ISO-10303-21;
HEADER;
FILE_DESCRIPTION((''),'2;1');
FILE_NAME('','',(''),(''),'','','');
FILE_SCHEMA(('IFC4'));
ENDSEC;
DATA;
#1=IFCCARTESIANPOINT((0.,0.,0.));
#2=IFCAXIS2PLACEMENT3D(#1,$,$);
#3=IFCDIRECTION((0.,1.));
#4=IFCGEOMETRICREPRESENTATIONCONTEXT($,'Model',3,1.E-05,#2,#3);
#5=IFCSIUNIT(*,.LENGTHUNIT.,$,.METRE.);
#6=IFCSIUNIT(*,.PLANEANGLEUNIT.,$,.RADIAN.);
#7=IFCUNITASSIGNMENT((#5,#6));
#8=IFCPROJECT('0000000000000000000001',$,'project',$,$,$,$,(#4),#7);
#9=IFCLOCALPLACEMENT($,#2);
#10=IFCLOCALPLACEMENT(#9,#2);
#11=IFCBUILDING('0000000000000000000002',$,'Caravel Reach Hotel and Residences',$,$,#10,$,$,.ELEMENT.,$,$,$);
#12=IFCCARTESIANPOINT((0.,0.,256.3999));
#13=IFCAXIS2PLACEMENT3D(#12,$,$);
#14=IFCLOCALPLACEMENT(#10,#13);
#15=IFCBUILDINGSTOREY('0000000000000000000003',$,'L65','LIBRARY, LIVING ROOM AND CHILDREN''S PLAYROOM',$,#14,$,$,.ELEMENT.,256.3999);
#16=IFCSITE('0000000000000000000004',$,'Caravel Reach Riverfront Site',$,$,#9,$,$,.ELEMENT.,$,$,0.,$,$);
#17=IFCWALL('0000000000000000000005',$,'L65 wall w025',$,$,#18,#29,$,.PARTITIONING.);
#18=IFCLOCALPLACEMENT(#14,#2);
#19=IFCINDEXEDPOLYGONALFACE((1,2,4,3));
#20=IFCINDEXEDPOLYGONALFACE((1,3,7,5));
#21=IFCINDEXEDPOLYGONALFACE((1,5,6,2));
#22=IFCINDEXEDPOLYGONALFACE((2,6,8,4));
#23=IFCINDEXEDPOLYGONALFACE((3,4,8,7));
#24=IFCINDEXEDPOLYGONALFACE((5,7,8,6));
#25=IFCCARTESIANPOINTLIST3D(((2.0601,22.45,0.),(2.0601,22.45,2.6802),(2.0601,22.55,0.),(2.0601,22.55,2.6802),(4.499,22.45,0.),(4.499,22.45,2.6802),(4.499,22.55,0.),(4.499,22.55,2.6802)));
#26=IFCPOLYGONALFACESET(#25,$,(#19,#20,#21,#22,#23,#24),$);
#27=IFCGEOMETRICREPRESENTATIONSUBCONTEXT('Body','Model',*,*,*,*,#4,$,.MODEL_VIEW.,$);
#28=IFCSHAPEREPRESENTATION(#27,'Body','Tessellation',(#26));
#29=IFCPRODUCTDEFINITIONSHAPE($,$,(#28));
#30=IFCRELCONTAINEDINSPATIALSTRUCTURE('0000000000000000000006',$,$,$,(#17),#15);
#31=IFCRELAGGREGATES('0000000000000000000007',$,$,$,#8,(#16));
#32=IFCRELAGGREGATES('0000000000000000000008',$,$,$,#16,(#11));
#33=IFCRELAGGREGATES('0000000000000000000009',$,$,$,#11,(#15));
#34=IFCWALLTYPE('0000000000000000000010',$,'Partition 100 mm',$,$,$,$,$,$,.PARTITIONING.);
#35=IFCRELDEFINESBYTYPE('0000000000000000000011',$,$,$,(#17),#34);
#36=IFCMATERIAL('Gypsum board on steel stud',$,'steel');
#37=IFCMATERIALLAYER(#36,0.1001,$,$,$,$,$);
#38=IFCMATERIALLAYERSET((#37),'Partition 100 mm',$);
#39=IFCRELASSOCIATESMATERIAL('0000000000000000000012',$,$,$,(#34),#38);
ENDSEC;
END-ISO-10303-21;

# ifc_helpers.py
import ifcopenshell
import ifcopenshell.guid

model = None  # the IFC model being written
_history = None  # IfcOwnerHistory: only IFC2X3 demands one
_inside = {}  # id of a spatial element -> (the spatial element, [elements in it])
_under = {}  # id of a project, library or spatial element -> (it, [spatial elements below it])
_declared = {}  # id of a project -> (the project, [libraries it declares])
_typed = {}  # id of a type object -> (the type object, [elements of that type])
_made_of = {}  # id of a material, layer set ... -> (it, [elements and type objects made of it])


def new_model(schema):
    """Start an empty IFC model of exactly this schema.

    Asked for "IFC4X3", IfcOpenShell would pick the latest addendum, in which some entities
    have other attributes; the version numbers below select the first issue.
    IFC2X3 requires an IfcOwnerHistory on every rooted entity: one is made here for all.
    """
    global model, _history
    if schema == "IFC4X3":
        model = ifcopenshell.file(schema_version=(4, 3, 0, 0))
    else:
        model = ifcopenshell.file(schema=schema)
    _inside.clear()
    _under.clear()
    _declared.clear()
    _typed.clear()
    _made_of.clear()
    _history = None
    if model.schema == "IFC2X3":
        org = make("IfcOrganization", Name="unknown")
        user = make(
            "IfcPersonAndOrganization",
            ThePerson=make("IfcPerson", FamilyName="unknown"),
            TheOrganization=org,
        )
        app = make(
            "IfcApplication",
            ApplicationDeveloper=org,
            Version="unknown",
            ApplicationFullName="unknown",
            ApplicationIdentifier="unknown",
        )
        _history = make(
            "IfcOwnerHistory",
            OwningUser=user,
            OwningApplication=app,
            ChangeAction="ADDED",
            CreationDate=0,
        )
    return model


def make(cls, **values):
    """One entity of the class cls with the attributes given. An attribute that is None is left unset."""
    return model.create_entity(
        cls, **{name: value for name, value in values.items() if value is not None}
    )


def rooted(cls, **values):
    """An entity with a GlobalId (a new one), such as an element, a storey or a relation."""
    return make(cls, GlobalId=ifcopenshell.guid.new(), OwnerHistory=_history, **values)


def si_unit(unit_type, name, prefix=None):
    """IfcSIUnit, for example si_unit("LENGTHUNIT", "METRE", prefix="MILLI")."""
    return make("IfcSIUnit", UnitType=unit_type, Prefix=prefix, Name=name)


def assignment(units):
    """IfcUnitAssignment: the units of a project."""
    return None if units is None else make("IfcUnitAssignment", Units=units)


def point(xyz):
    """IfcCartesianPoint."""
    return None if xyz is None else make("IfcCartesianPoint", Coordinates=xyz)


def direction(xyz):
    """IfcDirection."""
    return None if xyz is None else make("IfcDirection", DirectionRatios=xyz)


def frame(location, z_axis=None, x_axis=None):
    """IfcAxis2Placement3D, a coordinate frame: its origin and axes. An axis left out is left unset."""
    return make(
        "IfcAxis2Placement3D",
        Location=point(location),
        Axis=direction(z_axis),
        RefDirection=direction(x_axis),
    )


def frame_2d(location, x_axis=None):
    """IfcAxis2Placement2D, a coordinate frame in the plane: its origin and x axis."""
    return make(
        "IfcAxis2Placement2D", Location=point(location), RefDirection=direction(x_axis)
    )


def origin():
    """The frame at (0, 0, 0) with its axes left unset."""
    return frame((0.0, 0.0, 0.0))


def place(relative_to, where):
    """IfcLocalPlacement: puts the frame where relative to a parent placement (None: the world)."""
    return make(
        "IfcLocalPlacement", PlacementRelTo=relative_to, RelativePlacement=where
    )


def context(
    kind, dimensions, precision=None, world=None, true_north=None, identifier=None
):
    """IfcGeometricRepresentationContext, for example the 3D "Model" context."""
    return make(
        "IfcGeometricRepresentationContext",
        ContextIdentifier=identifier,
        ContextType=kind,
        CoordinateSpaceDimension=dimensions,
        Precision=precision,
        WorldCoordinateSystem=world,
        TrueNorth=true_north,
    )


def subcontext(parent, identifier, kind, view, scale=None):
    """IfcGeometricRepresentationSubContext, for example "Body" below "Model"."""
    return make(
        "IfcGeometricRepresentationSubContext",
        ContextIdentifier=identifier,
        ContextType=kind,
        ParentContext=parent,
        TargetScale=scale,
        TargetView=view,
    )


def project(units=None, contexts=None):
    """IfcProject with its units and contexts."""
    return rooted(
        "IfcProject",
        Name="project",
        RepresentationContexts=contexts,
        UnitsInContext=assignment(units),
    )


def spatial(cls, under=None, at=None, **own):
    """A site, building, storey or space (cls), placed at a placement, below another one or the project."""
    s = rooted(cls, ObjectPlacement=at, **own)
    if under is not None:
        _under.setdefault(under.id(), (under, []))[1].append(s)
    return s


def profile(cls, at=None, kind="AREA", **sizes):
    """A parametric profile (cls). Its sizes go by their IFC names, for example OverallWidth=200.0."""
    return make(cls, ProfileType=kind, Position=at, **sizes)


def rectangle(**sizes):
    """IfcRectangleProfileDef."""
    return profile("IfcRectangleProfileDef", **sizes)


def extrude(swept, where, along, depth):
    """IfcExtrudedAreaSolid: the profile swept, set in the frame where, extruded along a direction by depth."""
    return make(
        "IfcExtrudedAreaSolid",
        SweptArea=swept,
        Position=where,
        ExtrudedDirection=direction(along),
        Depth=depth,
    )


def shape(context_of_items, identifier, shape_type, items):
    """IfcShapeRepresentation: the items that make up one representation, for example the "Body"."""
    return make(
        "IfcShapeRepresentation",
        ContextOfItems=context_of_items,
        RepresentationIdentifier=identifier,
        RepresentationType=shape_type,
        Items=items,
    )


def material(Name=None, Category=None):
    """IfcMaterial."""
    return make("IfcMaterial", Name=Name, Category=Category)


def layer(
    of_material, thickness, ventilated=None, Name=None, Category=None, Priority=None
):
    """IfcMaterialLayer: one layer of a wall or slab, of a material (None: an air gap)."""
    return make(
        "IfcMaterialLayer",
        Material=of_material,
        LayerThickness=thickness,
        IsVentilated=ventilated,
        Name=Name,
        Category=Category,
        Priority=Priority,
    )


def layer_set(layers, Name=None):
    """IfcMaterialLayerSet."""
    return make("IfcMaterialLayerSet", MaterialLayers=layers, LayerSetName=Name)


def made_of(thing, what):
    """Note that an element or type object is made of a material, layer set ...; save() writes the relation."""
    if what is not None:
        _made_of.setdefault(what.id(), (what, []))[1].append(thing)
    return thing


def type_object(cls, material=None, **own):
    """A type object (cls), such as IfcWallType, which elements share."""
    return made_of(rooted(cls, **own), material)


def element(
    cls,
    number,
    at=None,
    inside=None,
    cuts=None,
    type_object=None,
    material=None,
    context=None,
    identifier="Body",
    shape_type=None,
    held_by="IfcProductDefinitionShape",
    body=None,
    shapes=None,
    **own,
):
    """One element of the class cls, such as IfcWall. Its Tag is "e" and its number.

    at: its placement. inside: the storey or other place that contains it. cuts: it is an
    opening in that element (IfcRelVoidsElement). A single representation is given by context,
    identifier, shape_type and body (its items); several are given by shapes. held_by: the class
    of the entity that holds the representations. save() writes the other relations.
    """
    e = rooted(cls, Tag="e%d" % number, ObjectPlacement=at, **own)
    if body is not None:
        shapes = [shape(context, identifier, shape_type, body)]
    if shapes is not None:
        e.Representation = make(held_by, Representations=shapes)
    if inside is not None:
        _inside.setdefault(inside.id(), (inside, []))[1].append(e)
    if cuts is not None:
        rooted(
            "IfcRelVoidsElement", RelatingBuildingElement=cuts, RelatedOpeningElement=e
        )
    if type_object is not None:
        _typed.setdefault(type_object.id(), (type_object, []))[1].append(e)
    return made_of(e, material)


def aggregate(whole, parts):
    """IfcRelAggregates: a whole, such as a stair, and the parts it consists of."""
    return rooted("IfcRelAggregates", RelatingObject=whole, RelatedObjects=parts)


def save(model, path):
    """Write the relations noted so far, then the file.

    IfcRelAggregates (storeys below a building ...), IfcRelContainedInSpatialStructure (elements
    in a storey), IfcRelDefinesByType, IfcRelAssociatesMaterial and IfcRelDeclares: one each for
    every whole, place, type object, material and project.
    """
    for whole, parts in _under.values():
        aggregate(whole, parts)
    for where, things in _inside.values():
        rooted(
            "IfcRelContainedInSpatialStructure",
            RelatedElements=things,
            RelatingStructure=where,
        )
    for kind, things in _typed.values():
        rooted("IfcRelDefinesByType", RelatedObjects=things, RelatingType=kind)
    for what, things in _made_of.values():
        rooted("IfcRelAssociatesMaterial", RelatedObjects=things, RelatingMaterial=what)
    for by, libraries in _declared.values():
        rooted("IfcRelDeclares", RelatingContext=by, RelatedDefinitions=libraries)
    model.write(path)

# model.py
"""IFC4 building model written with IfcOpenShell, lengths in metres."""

from ifc_helpers import new_model, si_unit, direction, frame, frame_2d, origin, place, context, subcontext, project, spatial, rectangle, extrude, material, layer, layer_set, type_object, element, save


model = new_model("IFC4")

# Units and contexts
model_context = context("Model", 3, precision=1e-05, world=origin(), true_north=direction((0.0, 1.0)))
body_context = subcontext(model_context, "Body", "Model", "MODEL_VIEW")
ifc_project = project(units=[si_unit("LENGTHUNIT", "METRE"), si_unit("PLANEANGLEUNIT", "RADIAN")], contexts=[model_context])

# Site, building, storey
site_placement = place(None, origin())
site = spatial("IfcSite", under=ifc_project, at=site_placement, Name="Caravel Reach Riverfront Site", CompositionType="ELEMENT", RefElevation=0.0)
building_placement = place(site_placement, origin())
building = spatial("IfcBuilding", under=site, at=building_placement, Name="Caravel Reach Hotel and Residences", CompositionType="ELEMENT")
storey_placement = place(building_placement, frame((0.0, 0.0, 256.3999)))
storey = spatial("IfcBuildingStorey", under=building, at=storey_placement, Name="L65", Description="LIBRARY, LIVING ROOM AND CHILDREN'S PLAYROOM", CompositionType="ELEMENT", Elevation=256.3999)

# Wall
ifc_material_1 = material(Name="Gypsum board on steel stud", Category="steel")
ifc_layer_1 = layer(ifc_material_1, 0.1001)
ifc_layer_set_1 = layer_set([ifc_layer_1], Name="Partition 100 mm")
wall_type_1 = type_object("IfcWallType", Name="Partition 100 mm", PredefinedType="PARTITIONING", material=ifc_layer_set_1)
wall_1_placement = place(storey_placement, frame((2.0601, 22.5, 0.0), z_axis=(0.0, 0.0, 1.0), x_axis=(1.0, 0.0, 0.0)))
element("IfcWall", 1, at=wall_1_placement, inside=storey, type_object=wall_type_1, Name="L65 wall w025", PredefinedType="PARTITIONING", context=body_context, shape_type="SweptSolid", body=[
    extrude(rectangle(XDim=2.439, YDim=0.1001, at=frame_2d((1.2195, 0.0))), origin(), (0.0, 0.0, 1.0), 2.6802),
])

save(model, "model.ifc")
